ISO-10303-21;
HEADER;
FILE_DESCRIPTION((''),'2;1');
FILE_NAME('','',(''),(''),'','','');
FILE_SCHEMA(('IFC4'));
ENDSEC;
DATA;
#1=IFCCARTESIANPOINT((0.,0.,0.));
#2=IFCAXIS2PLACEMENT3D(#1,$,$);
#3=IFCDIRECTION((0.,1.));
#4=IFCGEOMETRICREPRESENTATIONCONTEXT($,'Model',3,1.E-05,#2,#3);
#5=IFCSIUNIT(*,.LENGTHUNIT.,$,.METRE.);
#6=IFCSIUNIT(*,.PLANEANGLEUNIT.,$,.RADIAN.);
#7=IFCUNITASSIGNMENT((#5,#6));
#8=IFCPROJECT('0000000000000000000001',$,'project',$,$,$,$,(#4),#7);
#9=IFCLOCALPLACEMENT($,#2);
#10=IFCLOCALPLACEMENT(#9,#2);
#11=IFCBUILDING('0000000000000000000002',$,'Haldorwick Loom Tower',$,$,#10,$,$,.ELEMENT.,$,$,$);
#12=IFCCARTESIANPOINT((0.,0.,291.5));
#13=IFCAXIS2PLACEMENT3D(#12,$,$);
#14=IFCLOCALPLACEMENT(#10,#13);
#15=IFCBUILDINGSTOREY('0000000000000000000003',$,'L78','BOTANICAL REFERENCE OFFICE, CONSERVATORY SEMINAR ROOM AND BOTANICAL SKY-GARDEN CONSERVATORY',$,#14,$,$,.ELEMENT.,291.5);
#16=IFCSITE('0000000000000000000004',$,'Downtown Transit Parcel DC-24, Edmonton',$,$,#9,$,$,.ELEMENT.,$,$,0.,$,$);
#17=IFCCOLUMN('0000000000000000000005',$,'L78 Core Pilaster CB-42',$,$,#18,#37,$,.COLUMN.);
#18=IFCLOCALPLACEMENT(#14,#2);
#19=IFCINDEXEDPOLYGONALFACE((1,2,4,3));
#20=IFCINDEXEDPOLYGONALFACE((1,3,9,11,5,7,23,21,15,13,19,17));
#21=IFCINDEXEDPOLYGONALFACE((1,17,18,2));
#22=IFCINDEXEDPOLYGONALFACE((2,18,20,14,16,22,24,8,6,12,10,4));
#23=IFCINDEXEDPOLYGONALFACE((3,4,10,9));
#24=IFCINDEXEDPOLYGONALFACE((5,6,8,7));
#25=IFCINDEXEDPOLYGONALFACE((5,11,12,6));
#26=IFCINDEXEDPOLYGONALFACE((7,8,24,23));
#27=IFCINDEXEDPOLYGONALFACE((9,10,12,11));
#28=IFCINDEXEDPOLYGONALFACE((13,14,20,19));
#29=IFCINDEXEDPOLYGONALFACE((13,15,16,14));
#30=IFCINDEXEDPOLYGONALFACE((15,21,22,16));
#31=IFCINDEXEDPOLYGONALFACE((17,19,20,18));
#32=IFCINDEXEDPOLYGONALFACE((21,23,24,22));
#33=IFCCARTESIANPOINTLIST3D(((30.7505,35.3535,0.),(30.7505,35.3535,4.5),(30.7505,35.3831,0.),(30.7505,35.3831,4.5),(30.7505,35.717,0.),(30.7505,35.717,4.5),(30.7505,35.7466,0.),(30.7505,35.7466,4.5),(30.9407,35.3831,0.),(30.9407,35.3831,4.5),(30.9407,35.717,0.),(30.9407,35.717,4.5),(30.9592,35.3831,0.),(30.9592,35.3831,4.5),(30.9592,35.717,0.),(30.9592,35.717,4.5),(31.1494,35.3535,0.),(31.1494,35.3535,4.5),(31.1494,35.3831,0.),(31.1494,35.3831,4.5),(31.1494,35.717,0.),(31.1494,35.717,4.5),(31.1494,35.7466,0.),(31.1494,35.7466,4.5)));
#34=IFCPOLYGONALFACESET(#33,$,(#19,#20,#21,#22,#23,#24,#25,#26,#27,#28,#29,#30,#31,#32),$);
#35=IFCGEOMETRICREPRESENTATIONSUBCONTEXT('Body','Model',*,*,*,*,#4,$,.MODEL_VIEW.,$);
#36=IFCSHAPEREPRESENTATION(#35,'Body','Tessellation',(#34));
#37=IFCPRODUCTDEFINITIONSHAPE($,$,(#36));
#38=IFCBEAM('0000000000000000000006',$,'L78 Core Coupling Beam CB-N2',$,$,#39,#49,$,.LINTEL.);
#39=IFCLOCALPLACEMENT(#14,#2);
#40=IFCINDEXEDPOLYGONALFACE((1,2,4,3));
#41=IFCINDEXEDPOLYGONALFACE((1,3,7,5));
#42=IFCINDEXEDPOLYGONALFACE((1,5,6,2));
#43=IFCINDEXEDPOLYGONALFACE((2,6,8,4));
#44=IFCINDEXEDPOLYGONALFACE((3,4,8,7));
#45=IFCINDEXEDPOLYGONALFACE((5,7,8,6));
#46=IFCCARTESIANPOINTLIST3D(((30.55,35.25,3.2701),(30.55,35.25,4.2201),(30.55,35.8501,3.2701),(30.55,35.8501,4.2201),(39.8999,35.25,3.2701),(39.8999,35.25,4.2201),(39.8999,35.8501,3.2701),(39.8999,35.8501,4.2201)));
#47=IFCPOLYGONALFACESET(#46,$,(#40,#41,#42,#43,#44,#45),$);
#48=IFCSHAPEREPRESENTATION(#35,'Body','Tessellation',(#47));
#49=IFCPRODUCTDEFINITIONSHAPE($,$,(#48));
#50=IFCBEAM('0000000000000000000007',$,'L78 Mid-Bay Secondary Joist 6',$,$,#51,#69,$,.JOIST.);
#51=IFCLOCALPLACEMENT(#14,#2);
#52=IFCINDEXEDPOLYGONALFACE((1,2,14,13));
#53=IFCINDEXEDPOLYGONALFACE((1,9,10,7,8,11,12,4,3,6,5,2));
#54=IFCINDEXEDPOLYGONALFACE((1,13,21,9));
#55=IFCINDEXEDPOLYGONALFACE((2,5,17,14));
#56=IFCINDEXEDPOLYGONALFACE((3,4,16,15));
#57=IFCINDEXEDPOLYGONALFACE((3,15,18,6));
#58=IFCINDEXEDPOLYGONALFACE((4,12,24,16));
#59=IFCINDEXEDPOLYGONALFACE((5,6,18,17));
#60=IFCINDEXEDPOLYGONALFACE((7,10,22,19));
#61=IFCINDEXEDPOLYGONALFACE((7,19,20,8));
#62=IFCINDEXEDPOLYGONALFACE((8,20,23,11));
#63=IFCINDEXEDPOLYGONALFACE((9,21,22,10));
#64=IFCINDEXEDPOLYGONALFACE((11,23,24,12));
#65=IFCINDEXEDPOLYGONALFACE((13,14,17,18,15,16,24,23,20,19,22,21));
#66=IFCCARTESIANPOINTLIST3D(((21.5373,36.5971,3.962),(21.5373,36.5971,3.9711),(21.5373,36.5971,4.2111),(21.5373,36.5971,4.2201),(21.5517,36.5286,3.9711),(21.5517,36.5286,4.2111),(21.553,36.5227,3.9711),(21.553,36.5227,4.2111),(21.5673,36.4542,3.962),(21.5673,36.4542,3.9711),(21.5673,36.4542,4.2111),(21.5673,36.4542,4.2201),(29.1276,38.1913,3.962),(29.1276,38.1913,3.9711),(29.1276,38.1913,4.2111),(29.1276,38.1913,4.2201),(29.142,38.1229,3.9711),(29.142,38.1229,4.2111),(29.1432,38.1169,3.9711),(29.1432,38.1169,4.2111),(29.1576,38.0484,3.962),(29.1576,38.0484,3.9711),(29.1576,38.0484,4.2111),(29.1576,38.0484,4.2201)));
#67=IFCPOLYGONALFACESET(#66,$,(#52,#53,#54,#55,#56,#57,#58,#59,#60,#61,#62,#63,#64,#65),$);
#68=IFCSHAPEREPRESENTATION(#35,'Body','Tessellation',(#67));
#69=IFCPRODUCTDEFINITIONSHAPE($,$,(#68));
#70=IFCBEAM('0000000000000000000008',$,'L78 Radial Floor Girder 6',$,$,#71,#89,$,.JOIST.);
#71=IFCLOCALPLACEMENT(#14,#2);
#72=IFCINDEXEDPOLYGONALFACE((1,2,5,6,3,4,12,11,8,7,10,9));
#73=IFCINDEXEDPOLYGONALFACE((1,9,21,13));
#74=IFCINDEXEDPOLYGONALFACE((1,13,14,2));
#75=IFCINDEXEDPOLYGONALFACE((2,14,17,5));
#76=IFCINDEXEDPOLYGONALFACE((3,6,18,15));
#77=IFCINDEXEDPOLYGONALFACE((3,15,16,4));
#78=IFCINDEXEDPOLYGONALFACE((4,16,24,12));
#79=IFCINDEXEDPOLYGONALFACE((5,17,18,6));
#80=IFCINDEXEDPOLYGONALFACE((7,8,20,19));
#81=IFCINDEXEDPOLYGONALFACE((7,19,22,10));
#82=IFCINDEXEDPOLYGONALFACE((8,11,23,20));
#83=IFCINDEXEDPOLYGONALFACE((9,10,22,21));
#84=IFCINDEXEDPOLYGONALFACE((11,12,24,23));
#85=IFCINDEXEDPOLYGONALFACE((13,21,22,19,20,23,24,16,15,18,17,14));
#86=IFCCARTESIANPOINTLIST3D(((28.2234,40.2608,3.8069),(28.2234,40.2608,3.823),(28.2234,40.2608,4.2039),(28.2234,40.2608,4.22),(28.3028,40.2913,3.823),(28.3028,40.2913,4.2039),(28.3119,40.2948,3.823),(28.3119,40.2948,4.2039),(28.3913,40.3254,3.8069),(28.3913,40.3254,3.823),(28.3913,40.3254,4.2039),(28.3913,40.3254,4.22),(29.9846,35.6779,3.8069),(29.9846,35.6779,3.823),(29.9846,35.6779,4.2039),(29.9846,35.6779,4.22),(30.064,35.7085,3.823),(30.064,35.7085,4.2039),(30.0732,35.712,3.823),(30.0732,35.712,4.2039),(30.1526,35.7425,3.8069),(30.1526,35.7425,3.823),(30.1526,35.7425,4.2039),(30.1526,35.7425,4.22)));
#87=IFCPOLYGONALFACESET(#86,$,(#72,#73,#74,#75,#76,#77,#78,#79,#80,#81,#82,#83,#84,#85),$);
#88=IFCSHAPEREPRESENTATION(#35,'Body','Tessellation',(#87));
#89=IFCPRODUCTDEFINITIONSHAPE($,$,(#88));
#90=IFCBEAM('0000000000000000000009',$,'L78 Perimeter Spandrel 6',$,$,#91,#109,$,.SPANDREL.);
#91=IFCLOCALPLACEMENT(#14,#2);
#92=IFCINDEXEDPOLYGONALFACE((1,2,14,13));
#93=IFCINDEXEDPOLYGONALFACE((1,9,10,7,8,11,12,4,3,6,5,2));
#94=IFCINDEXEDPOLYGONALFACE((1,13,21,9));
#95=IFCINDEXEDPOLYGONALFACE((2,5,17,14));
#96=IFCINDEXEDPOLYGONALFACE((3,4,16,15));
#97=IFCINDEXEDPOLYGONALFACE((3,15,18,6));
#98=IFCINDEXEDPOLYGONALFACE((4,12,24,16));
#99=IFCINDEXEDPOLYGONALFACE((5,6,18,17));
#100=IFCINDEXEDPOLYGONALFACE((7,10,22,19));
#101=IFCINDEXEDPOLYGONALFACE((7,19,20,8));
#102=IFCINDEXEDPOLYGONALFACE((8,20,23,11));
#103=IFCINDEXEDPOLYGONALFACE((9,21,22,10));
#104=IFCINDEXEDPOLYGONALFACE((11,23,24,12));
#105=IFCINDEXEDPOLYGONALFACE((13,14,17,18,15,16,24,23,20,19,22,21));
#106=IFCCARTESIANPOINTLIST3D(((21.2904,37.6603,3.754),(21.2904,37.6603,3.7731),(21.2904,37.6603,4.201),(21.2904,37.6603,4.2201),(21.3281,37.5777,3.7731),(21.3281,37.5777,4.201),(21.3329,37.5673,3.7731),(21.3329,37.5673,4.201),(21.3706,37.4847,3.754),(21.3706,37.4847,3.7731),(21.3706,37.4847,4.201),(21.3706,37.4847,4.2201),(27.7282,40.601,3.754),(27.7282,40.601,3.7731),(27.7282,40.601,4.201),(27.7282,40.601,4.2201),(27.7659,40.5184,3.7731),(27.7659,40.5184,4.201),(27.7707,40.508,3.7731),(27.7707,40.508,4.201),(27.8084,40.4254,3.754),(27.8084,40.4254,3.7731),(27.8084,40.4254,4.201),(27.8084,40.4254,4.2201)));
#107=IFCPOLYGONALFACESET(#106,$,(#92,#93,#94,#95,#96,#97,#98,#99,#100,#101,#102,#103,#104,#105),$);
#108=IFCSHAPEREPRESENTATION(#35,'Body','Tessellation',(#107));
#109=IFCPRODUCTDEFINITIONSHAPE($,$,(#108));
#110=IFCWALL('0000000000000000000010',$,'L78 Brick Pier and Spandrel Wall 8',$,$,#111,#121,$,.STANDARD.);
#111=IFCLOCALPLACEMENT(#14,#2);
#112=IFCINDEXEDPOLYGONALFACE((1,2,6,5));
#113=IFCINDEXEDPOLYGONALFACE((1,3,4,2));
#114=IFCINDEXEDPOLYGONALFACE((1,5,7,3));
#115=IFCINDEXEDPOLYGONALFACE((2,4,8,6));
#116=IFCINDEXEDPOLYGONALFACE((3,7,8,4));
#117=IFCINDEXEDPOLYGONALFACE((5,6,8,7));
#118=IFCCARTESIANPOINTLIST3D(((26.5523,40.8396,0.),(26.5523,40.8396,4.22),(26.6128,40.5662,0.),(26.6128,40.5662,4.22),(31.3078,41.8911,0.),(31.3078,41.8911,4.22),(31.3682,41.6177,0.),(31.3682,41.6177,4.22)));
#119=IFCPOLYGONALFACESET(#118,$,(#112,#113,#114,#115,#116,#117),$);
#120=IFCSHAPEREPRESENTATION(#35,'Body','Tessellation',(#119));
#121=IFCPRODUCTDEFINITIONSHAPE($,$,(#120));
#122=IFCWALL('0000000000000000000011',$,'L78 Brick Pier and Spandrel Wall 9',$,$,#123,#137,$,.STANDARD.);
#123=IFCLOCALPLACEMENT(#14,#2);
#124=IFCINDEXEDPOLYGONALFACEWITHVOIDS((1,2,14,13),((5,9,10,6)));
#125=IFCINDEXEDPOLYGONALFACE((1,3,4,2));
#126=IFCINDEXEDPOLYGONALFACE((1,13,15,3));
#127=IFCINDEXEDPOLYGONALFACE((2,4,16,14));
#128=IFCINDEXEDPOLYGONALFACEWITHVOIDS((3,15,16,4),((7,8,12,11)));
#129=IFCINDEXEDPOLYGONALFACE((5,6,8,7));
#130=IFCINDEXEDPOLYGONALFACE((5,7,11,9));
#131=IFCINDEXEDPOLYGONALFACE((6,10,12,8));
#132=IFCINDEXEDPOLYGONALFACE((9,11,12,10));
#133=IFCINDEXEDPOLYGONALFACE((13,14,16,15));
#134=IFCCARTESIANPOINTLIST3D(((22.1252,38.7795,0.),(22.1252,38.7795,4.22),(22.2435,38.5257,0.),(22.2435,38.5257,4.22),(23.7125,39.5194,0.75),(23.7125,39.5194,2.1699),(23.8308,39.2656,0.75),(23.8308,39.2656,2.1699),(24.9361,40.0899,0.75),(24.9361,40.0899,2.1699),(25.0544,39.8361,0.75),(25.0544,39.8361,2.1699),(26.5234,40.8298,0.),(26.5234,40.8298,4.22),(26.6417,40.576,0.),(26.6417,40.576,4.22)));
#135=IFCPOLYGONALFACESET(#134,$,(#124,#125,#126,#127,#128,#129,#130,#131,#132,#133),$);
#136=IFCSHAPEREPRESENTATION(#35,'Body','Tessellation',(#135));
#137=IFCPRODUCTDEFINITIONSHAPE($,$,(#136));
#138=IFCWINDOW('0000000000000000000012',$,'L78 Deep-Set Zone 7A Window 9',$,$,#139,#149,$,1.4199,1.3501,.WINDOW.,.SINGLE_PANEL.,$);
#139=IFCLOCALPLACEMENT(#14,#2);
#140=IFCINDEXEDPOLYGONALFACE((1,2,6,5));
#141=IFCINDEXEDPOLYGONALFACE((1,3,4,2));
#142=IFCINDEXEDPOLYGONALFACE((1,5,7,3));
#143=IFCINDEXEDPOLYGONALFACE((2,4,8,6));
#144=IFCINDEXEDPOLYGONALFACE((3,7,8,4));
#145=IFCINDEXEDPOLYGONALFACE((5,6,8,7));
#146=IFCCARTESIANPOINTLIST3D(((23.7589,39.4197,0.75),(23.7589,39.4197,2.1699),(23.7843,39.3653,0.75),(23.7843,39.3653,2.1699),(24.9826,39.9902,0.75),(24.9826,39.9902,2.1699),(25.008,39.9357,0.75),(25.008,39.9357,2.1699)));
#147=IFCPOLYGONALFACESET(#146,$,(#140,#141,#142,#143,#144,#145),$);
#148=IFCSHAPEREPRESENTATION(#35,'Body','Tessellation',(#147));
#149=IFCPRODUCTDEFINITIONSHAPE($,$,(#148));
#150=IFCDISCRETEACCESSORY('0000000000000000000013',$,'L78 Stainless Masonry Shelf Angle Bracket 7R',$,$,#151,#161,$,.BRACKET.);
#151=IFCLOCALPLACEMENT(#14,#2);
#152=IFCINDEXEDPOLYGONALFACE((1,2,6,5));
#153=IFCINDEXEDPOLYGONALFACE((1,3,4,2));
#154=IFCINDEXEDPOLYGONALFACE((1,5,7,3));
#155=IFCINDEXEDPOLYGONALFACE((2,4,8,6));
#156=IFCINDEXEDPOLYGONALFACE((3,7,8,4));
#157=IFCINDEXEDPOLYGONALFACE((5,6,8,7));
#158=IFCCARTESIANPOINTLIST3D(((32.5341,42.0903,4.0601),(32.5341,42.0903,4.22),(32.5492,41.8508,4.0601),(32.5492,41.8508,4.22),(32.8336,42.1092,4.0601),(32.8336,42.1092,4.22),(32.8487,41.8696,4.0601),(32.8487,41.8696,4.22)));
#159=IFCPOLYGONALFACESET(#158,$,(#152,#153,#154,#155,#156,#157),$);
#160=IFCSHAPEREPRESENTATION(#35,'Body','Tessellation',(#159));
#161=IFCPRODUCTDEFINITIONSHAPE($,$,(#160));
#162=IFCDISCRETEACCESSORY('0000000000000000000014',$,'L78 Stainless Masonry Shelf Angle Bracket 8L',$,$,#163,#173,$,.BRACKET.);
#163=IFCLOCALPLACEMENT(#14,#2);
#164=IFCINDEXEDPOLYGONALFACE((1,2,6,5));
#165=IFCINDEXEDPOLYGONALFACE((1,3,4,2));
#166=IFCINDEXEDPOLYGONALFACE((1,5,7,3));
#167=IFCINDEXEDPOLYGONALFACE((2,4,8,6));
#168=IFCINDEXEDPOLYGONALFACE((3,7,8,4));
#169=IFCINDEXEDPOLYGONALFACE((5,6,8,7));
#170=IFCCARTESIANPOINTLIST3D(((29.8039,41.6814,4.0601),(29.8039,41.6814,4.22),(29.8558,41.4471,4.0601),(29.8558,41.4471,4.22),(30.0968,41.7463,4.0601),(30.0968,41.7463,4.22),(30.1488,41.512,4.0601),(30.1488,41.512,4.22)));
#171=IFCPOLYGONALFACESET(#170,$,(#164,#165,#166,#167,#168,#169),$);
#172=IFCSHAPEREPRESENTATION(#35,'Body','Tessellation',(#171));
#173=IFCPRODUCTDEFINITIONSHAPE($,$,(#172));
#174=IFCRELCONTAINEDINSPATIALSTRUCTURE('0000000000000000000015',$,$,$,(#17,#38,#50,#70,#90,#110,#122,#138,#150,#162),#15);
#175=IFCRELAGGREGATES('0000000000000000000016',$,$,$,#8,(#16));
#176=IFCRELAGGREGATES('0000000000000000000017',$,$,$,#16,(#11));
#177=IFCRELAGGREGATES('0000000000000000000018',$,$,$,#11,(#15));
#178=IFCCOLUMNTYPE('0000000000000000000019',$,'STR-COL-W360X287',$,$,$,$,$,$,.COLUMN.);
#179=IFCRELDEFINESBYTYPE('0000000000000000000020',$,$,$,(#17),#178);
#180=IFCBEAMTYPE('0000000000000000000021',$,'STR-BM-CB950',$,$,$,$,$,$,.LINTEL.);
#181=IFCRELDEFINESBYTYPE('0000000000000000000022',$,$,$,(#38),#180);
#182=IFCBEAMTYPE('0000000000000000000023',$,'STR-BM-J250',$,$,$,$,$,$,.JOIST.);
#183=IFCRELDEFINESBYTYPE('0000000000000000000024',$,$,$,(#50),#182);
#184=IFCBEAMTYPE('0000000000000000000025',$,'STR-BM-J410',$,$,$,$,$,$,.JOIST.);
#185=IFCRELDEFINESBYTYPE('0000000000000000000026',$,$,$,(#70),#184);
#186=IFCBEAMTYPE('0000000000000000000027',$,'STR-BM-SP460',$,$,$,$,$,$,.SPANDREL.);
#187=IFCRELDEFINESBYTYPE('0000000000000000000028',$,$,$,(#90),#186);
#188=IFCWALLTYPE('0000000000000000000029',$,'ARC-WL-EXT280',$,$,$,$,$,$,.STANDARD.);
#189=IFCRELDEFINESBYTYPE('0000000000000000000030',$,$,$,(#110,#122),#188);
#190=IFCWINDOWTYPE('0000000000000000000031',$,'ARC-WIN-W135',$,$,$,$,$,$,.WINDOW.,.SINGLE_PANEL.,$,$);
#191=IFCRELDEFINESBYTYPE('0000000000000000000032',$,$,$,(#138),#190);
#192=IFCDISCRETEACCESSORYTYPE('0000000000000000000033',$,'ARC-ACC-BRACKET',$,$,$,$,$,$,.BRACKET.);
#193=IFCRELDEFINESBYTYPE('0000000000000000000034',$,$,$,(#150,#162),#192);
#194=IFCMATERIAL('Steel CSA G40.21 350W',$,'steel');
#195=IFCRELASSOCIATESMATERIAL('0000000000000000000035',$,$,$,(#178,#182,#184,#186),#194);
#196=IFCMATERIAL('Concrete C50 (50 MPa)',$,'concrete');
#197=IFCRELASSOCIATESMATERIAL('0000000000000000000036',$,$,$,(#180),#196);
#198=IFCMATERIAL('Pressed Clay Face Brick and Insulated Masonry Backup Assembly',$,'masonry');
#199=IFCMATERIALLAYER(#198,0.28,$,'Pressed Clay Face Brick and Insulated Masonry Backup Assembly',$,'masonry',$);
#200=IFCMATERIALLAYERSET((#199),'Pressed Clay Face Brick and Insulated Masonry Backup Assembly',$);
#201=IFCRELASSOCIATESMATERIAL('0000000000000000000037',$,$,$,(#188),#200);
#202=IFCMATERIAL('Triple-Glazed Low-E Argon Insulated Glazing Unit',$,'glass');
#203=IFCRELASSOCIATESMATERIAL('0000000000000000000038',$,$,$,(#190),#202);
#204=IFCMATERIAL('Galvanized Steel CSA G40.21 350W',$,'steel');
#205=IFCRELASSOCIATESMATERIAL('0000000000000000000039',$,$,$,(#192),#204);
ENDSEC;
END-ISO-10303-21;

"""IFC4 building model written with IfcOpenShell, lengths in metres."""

from ifc_helpers import new_model, si_unit, direction, frame, frame_2d, origin, origin_2d, place, context, subcontext, project, spatial, rectangle, i_section, extrude, material, layer, layer_set, material_profile, profile_set, type_object, element, fill, save


model = new_model("IFC4")

# Units and contexts
model_context = context("Model", 3, precision=1e-05, world=origin(), true_north=direction((0.0, 1.0)))
body_context = subcontext(model_context, "Body", "Model", "MODEL_VIEW")
ifc_project = project(units=[si_unit("LENGTHUNIT", "METRE"), si_unit("PLANEANGLEUNIT", "RADIAN")], contexts=[model_context])

# Site, building, storey
site_placement = place(None, origin())
site = spatial("IfcSite", under=ifc_project, at=site_placement, Name="Downtown Transit Parcel DC-24, Edmonton", CompositionType="ELEMENT", RefElevation=0.0)
building_placement = place(site_placement, origin())
building = spatial("IfcBuilding", under=site, at=building_placement, Name="Haldorwick Loom Tower", CompositionType="ELEMENT")
storey_placement = place(building_placement, frame((0.0, 0.0, 291.5)))
storey = spatial("IfcBuildingStorey", under=building, at=storey_placement, Name="L78", Description="BOTANICAL REFERENCE OFFICE, CONSERVATORY SEMINAR ROOM AND BOTANICAL SKY-GARDEN CONSERVATORY", CompositionType="ELEMENT", Elevation=291.5)

# Column
ifc_material_1 = material(Name="Concrete C50 (50 MPa)", Category="concrete")
ifc_material_2 = material(Name="Steel CSA G40.21 350W", Category="steel")
ifc_material_profile_1 = material_profile(ifc_material_2, i_section(OverallWidth=0.3989, OverallDepth=0.3931, WebThickness=0.0186, FlangeThickness=0.0295, at=origin_2d()), Name="W360X287", Category="steel")
ifc_profile_set_1 = profile_set([ifc_material_profile_1], Name="Steel CSA G40.21 350W")
column_type_1 = type_object("IfcColumnType", Name="STR-COL-W360X287", PredefinedType="COLUMN", material=ifc_profile_set_1)
for number, where, z_axis, x_axis, name in (
    (1, (30.95, 35.55, 0.0), (0.0, 0.0, 1.0), (1.0, 0.0, 0.0), "L78 Core Pilaster CB-42"),
):
    element("IfcColumn", number, at=place(storey_placement, frame(where, z_axis=z_axis, x_axis=x_axis)), inside=storey, type_object=column_type_1, Name=name, PredefinedType="COLUMN", context=body_context, shape_type="SweptSolid", body=[
        extrude(i_section(OverallWidth=0.3989, OverallDepth=0.3931, WebThickness=0.0186, FlangeThickness=0.0295, at=origin_2d()), origin(), (0.0, 0.0, 1.0), 4.5),
    ])

# Beams
ifc_material_profile_2 = material_profile(ifc_material_1, rectangle(XDim=0.6001, YDim=0.95, at=origin_2d()), Name="RC600X950", Category="concrete")
ifc_profile_set_2 = profile_set([ifc_material_profile_2], Name="Concrete C50 (50 MPa)")
beam_type_1 = type_object("IfcBeamType", Name="STR-BM-CB950", PredefinedType="LINTEL", material=ifc_profile_set_2)
beam_1_placement = place(storey_placement, frame((30.55, 35.55, 3.7451), z_axis=(1.0, 0.0, 0.0), x_axis=(0.0, 1.0, 0.0)))
element("IfcBeam", 2, at=beam_1_placement, inside=storey, type_object=beam_type_1, Name="L78 Core Coupling Beam CB-N2", PredefinedType="LINTEL", context=body_context, shape_type="SweptSolid", body=[
    extrude(rectangle(XDim=0.6001, YDim=0.95, at=origin_2d()), origin(), (0.0, 0.0, 1.0), 9.3499),
])
ifc_material_profile_3 = material_profile(ifc_material_2, i_section(OverallWidth=0.146, OverallDepth=0.2581, WebThickness=0.0061, FlangeThickness=0.009, at=origin_2d()), Name="W250X33", Category="steel")
ifc_profile_set_3 = profile_set([ifc_material_profile_3], Name="Steel CSA G40.21 350W")
beam_type_2 = type_object("IfcBeamType", Name="STR-BM-J250", PredefinedType="JOIST", material=ifc_profile_set_3)
beam_2_placement = place(storey_placement, frame((29.1426, 38.1199, 4.0911), z_axis=(-0.978647, -0.20555, 0.0), x_axis=(0.20555, -0.978647, 0.0)))
element("IfcBeam", 3, at=beam_2_placement, inside=storey, type_object=beam_type_2, Name="L78 Mid-Bay Secondary Joist 6", PredefinedType="JOIST", context=body_context, shape_type="SweptSolid", body=[
    extrude(i_section(OverallWidth=0.146, OverallDepth=0.2581, WebThickness=0.0061, FlangeThickness=0.009, at=origin_2d()), origin(), (0.0, 0.0, 1.0), 7.7559),
])
ifc_material_profile_4 = material_profile(ifc_material_2, i_section(OverallWidth=0.1799, OverallDepth=0.4131, WebThickness=0.0098, FlangeThickness=0.0161, at=origin_2d()), Name="W410X74", Category="steel")
ifc_profile_set_4 = profile_set([ifc_material_profile_4], Name="Steel CSA G40.21 350W")
beam_type_3 = type_object("IfcBeamType", Name="STR-BM-J410", PredefinedType="JOIST", material=ifc_profile_set_4)
beam_3_placement = place(storey_placement, frame((30.0686, 35.7102, 4.0134), z_axis=(-0.358736, 0.933439, 0.0), x_axis=(-0.933439, -0.358736, 0.0)))
element("IfcBeam", 4, at=beam_3_placement, inside=storey, type_object=beam_type_3, Name="L78 Radial Floor Girder 6", PredefinedType="JOIST", context=body_context, shape_type="SweptSolid", body=[
    extrude(i_section(OverallWidth=0.1799, OverallDepth=0.4131, WebThickness=0.0098, FlangeThickness=0.0161, at=origin_2d()), origin(), (0.0, 0.0, 1.0), 4.9097),
])
ifc_material_profile_5 = material_profile(ifc_material_2, i_section(OverallWidth=0.1931, OverallDepth=0.4661, WebThickness=0.0115, FlangeThickness=0.019, at=origin_2d()), Name="W460X97", Category="steel")
ifc_profile_set_5 = profile_set([ifc_material_profile_5], Name="Steel CSA G40.21 350W")
beam_type_4 = type_object("IfcBeamType", Name="STR-BM-SP460", PredefinedType="SPANDREL", material=ifc_profile_set_5)
beam_4_placement = place(storey_placement, frame((27.7683, 40.5132, 3.9871), z_axis=(-0.909597, -0.415492, 0.0), x_axis=(0.415492, -0.909597, 0.0)))
element("IfcBeam", 5, at=beam_4_placement, inside=storey, type_object=beam_type_4, Name="L78 Perimeter Spandrel 6", PredefinedType="SPANDREL", context=body_context, shape_type="SweptSolid", body=[
    extrude(i_section(OverallWidth=0.1931, OverallDepth=0.4661, WebThickness=0.0115, FlangeThickness=0.019, at=origin_2d()), origin(), (0.0, 0.0, 1.0), 7.0776),
])

# Wall
ifc_material_3 = material(Name="Pressed Clay Face Brick and Insulated Masonry Backup Assembly", Category="masonry")
ifc_layer = layer(ifc_material_3, 0.28, Name="Pressed Clay Face Brick and Insulated Masonry Backup Assembly", Category="masonry")
ifc_layer_set = layer_set([ifc_layer], Name="Pressed Clay Face Brick and Insulated Masonry Backup Assembly")
wall_type = type_object("IfcWallType", Name="ARC-WL-EXT280", PredefinedType="STANDARD", material=ifc_layer_set)
wall_1_placement = place(storey_placement, frame((31.3379, 41.7544, 0.0), z_axis=(0.0, 0.0, 1.0), x_axis=(-0.976414, -0.215906, 0.0)))
element("IfcWall", 6, at=wall_1_placement, inside=storey, type_object=wall_type, Name="L78 Brick Pier and Spandrel Wall 8", PredefinedType="STANDARD", context=body_context, shape_type="SweptSolid", body=[
    extrude(rectangle(XDim=4.8704, YDim=0.28, at=frame_2d((2.4351, 0.0))), origin(), (0.0, 0.0, 1.0), 4.22),
])

# Wall, opening, window
wall_2_placement = place(storey_placement, frame((26.5825, 40.7029, 0.0), z_axis=(0.0, 0.0, 1.0), x_axis=(-0.906357, -0.422514, 0.0)))
wall_2 = element("IfcWall", 7, at=wall_2_placement, inside=storey, type_object=wall_type, Name="L78 Brick Pier and Spandrel Wall 9", PredefinedType="STANDARD", context=body_context, shape_type="SweptSolid", body=[
    extrude(rectangle(XDim=4.8525, YDim=0.28, at=frame_2d((2.4263, 0.0))), origin(), (0.0, 0.0, 1.0), 4.22),
])
opening_placement = place(wall_2_placement, frame((1.7512, 0.0, 0.75)))
opening = element("IfcOpeningElement", 8, at=opening_placement, cuts=wall_2, PredefinedType="OPENING", context=body_context, shape_type="SweptSolid", body=[
    extrude(rectangle(XDim=1.3501, YDim=1.4199, at=frame_2d((0.675, 0.71))), frame((0.0, 0.1499, 0.0), z_axis=(0.0, -1.0, 0.0), x_axis=(1.0, 0.0, 0.0)), (0.0, 0.0, 1.0), 0.3),
])
ifc_material_4 = material(Name="Triple-Glazed Low-E Argon Insulated Glazing Unit", Category="glass")
window_type = type_object("IfcWindowType", Name="ARC-WIN-W135", PartitioningType="SINGLE_PANEL", PredefinedType="WINDOW", material=ifc_material_4)
window_placement = place(opening_placement, origin())
window = element("IfcWindow", 9, at=window_placement, inside=storey, type_object=window_type, Name="L78 Deep-Set Zone 7A Window 9", OverallHeight=1.4199, OverallWidth=1.3501, PartitioningType="SINGLE_PANEL", PredefinedType="WINDOW", context=body_context, shape_type="SweptSolid", body=[
    extrude(rectangle(XDim=1.3501, YDim=1.4199, at=frame_2d((0.675, 0.71))), frame((0.0, 0.03, 0.0), z_axis=(0.0, -1.0, 0.0), x_axis=(1.0, 0.0, 0.0)), (0.0, 0.0, 1.0), 0.0601),
])
fill(opening, window)

# Discrete accessories
ifc_material_5 = material(Name="Galvanized Steel CSA G40.21 350W", Category="steel")
discrete_accessory_type = type_object("IfcDiscreteAccessoryType", Name="ARC-ACC-BRACKET", PredefinedType="BRACKET", material=ifc_material_5)
for number, where, z_axis, x_axis, name in (
    (10, (32.6914, 41.98, 4.0601), (0.0, 0.0, 1.0), (-0.998027, -0.062791, 0.0), "L78 Stainless Masonry Shelf Angle Bracket 7R"),
    (11, (29.9763, 41.5967, 4.0601), (0.0, 0.0, 1.0), (-0.976296, -0.21644, 0.0), "L78 Stainless Masonry Shelf Angle Bracket 8L"),
):
    element("IfcDiscreteAccessory", number, at=place(storey_placement, frame(where, z_axis=z_axis, x_axis=x_axis)), inside=storey, type_object=discrete_accessory_type, Name=name, PredefinedType="BRACKET", context=body_context, shape_type="SweptSolid", body=[
        extrude(rectangle(XDim=0.3, YDim=0.24, at=origin_2d()), origin(), (0.0, 0.0, 1.0), 0.1599),
    ])

save(model, "model.ifc")
